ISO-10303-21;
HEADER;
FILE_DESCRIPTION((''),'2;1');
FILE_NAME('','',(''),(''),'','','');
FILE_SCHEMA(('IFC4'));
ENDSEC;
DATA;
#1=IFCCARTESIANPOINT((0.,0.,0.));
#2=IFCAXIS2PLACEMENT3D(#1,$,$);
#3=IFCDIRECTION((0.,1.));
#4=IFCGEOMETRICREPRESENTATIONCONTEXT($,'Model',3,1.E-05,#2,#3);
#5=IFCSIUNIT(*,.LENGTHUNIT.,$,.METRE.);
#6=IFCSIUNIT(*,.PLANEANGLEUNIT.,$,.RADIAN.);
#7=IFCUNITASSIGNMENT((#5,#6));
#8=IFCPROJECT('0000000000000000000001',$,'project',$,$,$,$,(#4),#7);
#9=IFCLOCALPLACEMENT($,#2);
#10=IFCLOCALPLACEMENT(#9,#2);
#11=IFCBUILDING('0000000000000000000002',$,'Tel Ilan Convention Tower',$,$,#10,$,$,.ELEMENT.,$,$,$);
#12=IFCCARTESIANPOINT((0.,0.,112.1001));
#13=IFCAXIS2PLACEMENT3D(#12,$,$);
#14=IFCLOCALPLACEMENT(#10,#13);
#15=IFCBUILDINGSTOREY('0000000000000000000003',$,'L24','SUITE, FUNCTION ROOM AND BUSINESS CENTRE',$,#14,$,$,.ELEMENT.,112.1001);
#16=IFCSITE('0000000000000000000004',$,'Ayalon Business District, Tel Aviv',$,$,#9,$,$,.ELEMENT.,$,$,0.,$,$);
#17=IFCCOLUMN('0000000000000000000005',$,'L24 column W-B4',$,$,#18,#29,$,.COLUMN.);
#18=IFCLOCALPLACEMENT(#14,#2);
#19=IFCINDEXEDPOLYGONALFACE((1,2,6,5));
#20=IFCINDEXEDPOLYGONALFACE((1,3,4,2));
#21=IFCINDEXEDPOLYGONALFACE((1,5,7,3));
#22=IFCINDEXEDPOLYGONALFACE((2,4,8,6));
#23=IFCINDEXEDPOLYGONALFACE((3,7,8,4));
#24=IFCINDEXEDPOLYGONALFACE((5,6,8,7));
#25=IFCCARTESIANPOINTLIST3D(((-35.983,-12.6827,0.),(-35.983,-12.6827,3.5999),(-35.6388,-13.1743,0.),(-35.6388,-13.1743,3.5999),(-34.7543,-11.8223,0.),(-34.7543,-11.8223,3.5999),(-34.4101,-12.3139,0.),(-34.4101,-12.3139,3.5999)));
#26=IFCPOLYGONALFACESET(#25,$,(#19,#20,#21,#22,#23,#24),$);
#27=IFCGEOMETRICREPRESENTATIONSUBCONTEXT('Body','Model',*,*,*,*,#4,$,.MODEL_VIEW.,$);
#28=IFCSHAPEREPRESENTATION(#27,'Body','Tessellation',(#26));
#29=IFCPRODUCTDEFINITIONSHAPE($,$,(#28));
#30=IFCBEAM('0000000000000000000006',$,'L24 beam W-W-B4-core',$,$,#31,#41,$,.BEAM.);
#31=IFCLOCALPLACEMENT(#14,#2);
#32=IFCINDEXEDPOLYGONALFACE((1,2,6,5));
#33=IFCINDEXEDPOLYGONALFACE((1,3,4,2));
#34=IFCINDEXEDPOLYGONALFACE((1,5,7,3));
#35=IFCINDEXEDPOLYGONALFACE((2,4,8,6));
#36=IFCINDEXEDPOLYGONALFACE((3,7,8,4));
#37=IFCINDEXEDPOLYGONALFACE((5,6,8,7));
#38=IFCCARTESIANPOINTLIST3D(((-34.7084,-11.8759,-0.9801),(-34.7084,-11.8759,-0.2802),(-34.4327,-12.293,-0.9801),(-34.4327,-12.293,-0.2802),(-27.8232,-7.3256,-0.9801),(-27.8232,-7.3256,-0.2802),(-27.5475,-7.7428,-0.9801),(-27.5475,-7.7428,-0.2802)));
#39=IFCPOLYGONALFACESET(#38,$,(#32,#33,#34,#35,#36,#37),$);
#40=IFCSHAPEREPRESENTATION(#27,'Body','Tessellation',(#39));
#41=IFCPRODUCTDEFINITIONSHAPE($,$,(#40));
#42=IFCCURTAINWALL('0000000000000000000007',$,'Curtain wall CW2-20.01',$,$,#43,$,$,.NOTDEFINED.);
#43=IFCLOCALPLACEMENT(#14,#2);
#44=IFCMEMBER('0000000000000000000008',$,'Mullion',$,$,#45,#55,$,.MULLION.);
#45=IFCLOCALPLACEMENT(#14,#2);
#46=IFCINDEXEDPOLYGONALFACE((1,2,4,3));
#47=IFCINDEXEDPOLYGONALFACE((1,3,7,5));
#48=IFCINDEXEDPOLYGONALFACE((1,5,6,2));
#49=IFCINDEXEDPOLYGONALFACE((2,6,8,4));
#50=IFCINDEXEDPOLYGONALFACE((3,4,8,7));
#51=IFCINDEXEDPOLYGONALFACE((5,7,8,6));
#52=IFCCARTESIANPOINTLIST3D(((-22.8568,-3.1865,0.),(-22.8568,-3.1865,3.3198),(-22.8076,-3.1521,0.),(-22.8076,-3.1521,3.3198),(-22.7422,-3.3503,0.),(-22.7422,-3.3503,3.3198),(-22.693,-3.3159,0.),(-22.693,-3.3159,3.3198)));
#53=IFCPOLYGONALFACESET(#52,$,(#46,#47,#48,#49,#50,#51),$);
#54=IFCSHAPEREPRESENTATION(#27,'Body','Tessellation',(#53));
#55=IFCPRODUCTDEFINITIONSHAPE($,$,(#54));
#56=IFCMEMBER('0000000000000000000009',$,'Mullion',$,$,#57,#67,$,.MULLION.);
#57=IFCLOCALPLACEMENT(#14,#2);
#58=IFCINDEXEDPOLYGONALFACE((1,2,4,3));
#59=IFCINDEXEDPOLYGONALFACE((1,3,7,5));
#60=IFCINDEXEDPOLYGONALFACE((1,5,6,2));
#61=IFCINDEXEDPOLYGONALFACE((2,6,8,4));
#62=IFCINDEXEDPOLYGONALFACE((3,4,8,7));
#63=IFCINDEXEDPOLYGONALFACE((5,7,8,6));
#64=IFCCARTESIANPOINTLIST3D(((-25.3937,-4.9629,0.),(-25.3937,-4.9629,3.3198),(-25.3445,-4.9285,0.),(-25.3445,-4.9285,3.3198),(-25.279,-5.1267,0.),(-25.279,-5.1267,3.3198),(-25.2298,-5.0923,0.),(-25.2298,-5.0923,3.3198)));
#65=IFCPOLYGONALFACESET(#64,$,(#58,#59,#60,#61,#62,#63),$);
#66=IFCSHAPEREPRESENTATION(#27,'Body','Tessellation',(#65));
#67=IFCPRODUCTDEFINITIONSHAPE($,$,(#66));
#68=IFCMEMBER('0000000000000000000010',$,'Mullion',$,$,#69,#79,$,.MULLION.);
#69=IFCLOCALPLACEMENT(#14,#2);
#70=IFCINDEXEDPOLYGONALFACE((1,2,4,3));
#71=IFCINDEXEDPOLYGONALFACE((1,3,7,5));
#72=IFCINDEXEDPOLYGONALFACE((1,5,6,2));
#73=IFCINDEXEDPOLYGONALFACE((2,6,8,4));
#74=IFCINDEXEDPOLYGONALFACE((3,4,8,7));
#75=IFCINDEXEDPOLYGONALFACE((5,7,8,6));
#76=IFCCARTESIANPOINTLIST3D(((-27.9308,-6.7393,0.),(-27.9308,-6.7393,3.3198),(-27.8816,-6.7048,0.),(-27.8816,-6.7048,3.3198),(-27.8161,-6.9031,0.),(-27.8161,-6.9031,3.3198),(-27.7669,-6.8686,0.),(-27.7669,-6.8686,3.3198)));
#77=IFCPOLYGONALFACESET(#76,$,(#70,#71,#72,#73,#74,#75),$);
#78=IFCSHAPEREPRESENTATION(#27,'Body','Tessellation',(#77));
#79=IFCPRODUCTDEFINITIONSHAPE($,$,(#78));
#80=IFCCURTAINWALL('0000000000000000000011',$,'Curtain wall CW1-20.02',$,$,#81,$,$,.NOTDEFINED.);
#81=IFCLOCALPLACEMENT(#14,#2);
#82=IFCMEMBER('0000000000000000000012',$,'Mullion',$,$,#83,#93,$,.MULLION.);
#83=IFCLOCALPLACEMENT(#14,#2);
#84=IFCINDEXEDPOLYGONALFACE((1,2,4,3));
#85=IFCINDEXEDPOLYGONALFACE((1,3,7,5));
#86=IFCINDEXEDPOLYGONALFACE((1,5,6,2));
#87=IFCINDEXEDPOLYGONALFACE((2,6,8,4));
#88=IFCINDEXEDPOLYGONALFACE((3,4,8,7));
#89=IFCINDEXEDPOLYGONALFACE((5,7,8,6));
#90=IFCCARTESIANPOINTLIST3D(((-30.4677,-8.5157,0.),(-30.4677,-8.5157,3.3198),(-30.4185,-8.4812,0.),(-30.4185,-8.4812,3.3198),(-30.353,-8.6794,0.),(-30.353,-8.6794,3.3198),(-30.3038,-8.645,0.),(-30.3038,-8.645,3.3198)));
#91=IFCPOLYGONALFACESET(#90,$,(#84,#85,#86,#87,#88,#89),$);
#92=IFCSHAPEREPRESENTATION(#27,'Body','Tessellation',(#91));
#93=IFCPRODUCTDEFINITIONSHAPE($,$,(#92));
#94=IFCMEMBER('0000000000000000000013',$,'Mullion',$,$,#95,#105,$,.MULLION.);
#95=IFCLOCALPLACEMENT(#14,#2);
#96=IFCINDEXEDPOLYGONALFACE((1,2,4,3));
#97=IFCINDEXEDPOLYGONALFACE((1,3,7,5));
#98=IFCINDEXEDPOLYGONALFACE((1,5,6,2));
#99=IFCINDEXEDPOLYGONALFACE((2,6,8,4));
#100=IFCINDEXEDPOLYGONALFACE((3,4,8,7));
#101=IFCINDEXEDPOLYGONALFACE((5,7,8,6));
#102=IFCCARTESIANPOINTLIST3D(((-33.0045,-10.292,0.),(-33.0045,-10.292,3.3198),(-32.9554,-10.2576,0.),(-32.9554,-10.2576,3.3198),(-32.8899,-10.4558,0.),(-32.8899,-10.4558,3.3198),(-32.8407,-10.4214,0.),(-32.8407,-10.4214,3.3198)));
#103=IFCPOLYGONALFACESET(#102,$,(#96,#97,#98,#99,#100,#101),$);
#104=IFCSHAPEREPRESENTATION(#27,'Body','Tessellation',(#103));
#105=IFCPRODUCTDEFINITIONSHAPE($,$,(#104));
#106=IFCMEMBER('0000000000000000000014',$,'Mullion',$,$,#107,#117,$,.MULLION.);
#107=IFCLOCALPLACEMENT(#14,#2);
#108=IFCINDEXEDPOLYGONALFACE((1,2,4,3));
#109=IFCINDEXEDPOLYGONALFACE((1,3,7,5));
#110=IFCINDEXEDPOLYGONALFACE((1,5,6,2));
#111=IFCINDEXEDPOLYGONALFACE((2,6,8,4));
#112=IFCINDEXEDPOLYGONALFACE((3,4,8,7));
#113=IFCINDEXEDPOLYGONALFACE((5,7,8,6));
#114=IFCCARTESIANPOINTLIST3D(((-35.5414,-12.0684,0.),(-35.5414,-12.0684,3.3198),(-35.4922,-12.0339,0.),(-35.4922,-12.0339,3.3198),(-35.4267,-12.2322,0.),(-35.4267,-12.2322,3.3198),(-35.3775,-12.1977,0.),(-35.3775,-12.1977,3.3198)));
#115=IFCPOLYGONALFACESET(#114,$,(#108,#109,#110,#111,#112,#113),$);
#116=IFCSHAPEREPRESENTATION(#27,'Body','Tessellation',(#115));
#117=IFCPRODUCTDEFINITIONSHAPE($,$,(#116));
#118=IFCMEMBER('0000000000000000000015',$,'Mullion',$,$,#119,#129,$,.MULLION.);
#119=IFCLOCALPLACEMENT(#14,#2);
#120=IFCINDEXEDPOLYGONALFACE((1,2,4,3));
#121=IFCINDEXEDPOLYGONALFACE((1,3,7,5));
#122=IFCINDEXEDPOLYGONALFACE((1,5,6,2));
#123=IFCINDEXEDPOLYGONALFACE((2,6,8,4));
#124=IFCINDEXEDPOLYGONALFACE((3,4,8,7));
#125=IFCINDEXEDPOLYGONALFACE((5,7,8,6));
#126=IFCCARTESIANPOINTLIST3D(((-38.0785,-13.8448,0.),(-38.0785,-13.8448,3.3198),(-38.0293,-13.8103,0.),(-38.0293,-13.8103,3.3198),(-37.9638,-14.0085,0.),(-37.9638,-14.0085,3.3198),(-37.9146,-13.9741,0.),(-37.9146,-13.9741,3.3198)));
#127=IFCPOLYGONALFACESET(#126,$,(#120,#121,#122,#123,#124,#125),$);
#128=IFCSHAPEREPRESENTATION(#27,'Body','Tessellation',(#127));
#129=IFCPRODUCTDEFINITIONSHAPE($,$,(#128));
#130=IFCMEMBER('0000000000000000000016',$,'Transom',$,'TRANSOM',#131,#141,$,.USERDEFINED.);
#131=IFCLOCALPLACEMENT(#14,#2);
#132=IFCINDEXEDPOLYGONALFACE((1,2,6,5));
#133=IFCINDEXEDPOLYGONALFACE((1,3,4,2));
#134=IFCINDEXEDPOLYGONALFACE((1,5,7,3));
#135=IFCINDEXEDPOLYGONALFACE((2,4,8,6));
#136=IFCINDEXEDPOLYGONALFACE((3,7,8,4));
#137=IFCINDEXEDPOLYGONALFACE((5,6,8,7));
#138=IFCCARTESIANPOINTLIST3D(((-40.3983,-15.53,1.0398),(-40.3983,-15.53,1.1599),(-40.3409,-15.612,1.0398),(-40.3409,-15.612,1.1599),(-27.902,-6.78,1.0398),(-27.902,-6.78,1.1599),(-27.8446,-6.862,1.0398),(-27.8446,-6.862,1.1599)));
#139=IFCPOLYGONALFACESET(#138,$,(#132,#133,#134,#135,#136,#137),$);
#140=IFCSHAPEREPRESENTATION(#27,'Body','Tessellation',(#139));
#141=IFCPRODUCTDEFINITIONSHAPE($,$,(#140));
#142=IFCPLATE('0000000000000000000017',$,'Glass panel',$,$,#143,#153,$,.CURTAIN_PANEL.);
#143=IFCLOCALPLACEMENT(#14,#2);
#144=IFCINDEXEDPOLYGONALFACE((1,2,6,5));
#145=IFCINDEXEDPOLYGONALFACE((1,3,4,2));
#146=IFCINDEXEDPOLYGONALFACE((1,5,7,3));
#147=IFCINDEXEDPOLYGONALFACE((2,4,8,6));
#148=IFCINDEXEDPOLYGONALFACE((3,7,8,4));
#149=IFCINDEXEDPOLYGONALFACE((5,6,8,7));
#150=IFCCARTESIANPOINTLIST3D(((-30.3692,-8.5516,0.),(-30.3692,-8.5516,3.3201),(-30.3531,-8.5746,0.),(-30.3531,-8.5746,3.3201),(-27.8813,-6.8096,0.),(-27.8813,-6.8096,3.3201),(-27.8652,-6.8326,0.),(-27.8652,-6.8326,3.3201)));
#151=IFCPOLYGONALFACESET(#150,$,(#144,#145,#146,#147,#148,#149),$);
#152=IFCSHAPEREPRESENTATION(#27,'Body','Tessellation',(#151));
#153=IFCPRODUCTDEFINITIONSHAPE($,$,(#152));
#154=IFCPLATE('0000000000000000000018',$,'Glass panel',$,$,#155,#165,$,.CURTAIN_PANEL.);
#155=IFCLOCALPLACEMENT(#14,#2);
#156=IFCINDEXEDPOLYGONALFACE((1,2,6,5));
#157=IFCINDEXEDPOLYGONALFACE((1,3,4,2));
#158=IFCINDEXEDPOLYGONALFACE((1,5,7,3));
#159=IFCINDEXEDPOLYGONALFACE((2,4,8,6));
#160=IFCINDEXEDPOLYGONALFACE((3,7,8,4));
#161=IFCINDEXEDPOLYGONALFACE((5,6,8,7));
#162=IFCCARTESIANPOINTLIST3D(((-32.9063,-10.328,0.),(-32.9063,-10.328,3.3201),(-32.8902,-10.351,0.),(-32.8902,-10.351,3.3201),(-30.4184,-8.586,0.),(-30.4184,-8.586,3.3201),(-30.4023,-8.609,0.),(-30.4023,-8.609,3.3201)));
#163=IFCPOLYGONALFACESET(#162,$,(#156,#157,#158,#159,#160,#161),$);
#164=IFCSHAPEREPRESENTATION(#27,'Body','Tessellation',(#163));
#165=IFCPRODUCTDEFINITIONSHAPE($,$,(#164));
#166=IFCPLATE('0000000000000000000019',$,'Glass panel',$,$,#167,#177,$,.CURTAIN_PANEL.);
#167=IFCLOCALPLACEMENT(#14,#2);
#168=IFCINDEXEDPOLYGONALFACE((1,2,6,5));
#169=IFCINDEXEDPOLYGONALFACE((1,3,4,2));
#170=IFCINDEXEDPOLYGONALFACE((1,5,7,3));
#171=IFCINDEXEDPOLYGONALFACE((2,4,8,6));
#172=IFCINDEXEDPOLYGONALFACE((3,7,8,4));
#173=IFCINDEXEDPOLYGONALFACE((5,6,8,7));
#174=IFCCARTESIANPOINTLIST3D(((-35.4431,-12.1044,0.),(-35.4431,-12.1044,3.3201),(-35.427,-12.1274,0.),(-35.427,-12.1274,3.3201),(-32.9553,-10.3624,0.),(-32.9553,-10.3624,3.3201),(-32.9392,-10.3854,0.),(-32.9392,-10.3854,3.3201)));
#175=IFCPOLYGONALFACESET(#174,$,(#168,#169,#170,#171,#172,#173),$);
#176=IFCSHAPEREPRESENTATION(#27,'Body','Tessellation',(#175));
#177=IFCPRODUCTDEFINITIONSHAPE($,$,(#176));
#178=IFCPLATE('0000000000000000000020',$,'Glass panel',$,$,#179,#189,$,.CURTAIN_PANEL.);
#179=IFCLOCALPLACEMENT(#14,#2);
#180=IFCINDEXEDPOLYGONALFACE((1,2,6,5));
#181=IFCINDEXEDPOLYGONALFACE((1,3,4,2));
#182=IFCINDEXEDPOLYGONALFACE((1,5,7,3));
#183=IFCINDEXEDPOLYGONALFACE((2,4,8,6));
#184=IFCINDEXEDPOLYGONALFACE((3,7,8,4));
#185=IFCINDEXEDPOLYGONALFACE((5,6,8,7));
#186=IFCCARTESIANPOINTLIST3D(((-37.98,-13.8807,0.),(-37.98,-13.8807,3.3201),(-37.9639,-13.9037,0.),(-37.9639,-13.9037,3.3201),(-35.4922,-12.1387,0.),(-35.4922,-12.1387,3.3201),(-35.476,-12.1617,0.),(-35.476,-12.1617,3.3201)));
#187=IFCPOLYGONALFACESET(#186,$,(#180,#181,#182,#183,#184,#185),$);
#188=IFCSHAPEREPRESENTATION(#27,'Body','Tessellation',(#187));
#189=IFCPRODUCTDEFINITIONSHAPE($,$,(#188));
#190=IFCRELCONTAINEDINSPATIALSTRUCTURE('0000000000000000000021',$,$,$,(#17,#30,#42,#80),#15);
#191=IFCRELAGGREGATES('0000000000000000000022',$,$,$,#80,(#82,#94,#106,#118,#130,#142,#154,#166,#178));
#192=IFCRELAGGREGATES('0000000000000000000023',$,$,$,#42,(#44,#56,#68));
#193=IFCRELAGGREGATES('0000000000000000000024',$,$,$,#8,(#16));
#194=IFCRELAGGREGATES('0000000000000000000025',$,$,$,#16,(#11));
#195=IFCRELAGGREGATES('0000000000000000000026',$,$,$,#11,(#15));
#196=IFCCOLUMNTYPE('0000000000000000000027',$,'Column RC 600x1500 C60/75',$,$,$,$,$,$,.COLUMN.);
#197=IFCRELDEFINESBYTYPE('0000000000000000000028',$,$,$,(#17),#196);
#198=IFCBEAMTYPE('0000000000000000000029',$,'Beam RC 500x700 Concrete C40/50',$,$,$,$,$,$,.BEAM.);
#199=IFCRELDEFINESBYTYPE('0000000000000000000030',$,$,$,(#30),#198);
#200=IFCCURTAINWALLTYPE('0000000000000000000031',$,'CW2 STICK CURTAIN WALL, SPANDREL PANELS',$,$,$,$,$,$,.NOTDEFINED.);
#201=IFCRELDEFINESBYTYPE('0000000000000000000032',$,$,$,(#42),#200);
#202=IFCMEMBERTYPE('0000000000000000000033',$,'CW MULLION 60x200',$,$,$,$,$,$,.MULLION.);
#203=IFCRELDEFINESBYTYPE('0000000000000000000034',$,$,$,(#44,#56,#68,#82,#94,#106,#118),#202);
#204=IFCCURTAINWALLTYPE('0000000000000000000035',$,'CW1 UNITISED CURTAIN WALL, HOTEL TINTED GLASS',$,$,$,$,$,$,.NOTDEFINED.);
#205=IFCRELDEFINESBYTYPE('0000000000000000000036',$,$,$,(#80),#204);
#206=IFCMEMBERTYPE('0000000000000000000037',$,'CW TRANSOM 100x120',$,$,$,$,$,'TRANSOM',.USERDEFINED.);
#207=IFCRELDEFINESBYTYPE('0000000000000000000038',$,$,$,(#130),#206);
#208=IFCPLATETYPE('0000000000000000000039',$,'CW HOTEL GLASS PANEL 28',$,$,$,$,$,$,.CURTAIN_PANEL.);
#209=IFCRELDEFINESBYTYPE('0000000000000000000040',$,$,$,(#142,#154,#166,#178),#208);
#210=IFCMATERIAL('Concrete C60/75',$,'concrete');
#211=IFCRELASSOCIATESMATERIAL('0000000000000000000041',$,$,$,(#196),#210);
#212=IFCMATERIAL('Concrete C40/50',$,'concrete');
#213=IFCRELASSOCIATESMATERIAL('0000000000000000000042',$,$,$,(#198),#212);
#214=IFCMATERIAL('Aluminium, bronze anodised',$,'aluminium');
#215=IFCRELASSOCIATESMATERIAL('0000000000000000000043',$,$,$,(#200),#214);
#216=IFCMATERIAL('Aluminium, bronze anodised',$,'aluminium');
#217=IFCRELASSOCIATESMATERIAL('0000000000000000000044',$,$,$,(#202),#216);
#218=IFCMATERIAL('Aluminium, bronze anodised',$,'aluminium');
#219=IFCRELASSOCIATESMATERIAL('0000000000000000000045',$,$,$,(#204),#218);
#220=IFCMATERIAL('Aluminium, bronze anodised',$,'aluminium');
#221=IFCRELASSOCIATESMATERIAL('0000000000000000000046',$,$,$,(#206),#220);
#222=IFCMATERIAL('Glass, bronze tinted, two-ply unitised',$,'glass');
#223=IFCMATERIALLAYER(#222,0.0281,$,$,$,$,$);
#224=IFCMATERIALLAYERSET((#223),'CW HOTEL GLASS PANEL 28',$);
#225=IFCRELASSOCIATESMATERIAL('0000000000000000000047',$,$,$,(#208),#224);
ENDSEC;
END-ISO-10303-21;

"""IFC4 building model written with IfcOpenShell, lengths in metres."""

from ifc_helpers import new_model, si_unit, direction, frame, origin, origin_2d, place, context, subcontext, project, spatial, rectangle, extrude, material, layer, layer_set, material_profile, profile_set, type_object, element, aggregate, save


model = new_model("IFC4")

# Units and contexts
model_context = context("Model", 3, precision=1e-05, world=origin(), true_north=direction((0.0, 1.0)))
body_context = subcontext(model_context, "Body", "Model", "MODEL_VIEW")
ifc_project = project(units=[si_unit("LENGTHUNIT", "METRE"), si_unit("PLANEANGLEUNIT", "RADIAN")], contexts=[model_context])

# Site, building, storey
site_placement = place(None, origin())
site = spatial("IfcSite", under=ifc_project, at=site_placement, Name="Ayalon Business District, Tel Aviv", CompositionType="ELEMENT", RefElevation=0.0)
building_placement = place(site_placement, origin())
building = spatial("IfcBuilding", under=site, at=building_placement, Name="Tel Ilan Convention Tower", CompositionType="ELEMENT")
storey_placement = place(building_placement, frame((0.0, 0.0, 112.1001)))
storey = spatial("IfcBuildingStorey", under=building, at=storey_placement, Name="L24", Description="SUITE, FUNCTION ROOM AND BUSINESS CENTRE", CompositionType="ELEMENT", Elevation=112.1001)

# Column
ifc_material_1 = material(Name="Concrete C60/75", Category="concrete")
ifc_material_profile_1 = material_profile(ifc_material_1, rectangle(XDim=1.5, YDim=0.6001, at=origin_2d()), Name="RC 600x1500")
ifc_profile_set_1 = profile_set([ifc_material_profile_1], Name="Concrete C60/75")
column_type = type_object("IfcColumnType", Name="Column RC 600x1500 C60/75", PredefinedType="COLUMN", material=ifc_profile_set_1)
column_placement = place(storey_placement, frame((-35.1965, -12.4983, 0.0), z_axis=(0.0, 0.0, 1.0), x_axis=(-0.819152, -0.573576, 0.0)))
element("IfcColumn", 1, at=column_placement, inside=storey, type_object=column_type, Name="L24 column W-B4", PredefinedType="COLUMN", context=body_context, shape_type="SweptSolid", body=[
    extrude(rectangle(XDim=1.5, YDim=0.6001, at=origin_2d()), origin(), (0.0, 0.0, 1.0), 3.5999),
])

# Beam
ifc_material_2 = material(Name="Concrete C40/50", Category="concrete")
ifc_material_profile_2 = material_profile(ifc_material_2, rectangle(XDim=0.5, YDim=0.7, at=origin_2d()), Name="RC 500x700")
ifc_profile_set_2 = profile_set([ifc_material_profile_2], Name="Concrete C40/50")
beam_type = type_object("IfcBeamType", Name="Beam RC 500x700 Concrete C40/50", PredefinedType="BEAM", material=ifc_profile_set_2)
beam_placement = place(storey_placement, frame((-34.5706, -12.0845, -0.6301), z_axis=(0.834274, 0.551351, 0.0), x_axis=(-0.551351, 0.834274, 0.0)))
element("IfcBeam", 2, at=beam_placement, inside=storey, type_object=beam_type, Name="L24 beam W-W-B4-core", PredefinedType="BEAM", context=body_context, shape_type="SweptSolid", body=[
    extrude(rectangle(XDim=0.5, YDim=0.7, at=origin_2d()), origin(), (0.0, 0.0, 1.0), 8.2529),
])

# Curtain wall, members
ifc_material_3 = material(Name="Aluminium, bronze anodised", Category="aluminium")
curtain_wall_type_1 = type_object("IfcCurtainWallType", Name="CW2 STICK CURTAIN WALL, SPANDREL PANELS", PredefinedType="NOTDEFINED", material=ifc_material_3)
curtain_wall_1_placement = place(storey_placement, origin())
curtain_wall_1 = element("IfcCurtainWall", 3, at=curtain_wall_1_placement, inside=storey, type_object=curtain_wall_type_1, Name="Curtain wall CW2-20.01", PredefinedType="NOTDEFINED")
ifc_material_4 = material(Name="Aluminium, bronze anodised", Category="aluminium")
ifc_material_profile_3 = material_profile(ifc_material_4, rectangle(XDim=0.0601, YDim=0.2, at=origin_2d()), Name="CW MULLION 60x200")
ifc_profile_set_3 = profile_set([ifc_material_profile_3], Name="Aluminium, bronze anodised")
member_type_1 = type_object("IfcMemberType", Name="CW MULLION 60x200", PredefinedType="MULLION", material=ifc_profile_set_3)
member_1_placement = place(storey_placement, frame((-22.7749, -3.2512, 0.0), z_axis=(0.0, 0.0, 1.0), x_axis=(-0.819152, -0.573576, 0.0)))
member_1 = element("IfcMember", 4, at=member_1_placement, type_object=member_type_1, Name="Mullion", PredefinedType="MULLION", context=body_context, shape_type="SweptSolid", body=[
    extrude(rectangle(XDim=0.0601, YDim=0.2, at=origin_2d()), origin(), (0.0, 0.0, 1.0), 3.3198),
])
member_2_placement = place(storey_placement, frame((-25.3118, -5.0276, 0.0), z_axis=(0.0, 0.0, 1.0), x_axis=(-0.819152, -0.573576, 0.0)))
member_2 = element("IfcMember", 5, at=member_2_placement, type_object=member_type_1, Name="Mullion", PredefinedType="MULLION", context=body_context, shape_type="SweptSolid", body=[
    extrude(rectangle(XDim=0.0601, YDim=0.2, at=origin_2d()), origin(), (0.0, 0.0, 1.0), 3.3198),
])
member_3_placement = place(storey_placement, frame((-27.8489, -6.804, 0.0), z_axis=(0.0, 0.0, 1.0), x_axis=(-0.819152, -0.573576, 0.0)))
member_3 = element("IfcMember", 6, at=member_3_placement, type_object=member_type_1, Name="Mullion", PredefinedType="MULLION", context=body_context, shape_type="SweptSolid", body=[
    extrude(rectangle(XDim=0.0601, YDim=0.2, at=origin_2d()), origin(), (0.0, 0.0, 1.0), 3.3198),
])

# Curtain wall, members, plates
ifc_material_5 = material(Name="Aluminium, bronze anodised", Category="aluminium")
curtain_wall_type_2 = type_object("IfcCurtainWallType", Name="CW1 UNITISED CURTAIN WALL, HOTEL TINTED GLASS", PredefinedType="NOTDEFINED", material=ifc_material_5)
curtain_wall_2_placement = place(storey_placement, origin())
curtain_wall_2 = element("IfcCurtainWall", 7, at=curtain_wall_2_placement, inside=storey, type_object=curtain_wall_type_2, Name="Curtain wall CW1-20.02", PredefinedType="NOTDEFINED")
member_4_placement = place(storey_placement, frame((-30.3857, -8.5803, 0.0), z_axis=(0.0, 0.0, 1.0), x_axis=(-0.819152, -0.573576, 0.0)))
member_4 = element("IfcMember", 8, at=member_4_placement, type_object=member_type_1, Name="Mullion", PredefinedType="MULLION", context=body_context, shape_type="SweptSolid", body=[
    extrude(rectangle(XDim=0.0601, YDim=0.2, at=origin_2d()), origin(), (0.0, 0.0, 1.0), 3.3198),
])
member_5_placement = place(storey_placement, frame((-32.9226, -10.3567, 0.0), z_axis=(0.0, 0.0, 1.0), x_axis=(-0.819152, -0.573576, 0.0)))
member_5 = element("IfcMember", 9, at=member_5_placement, type_object=member_type_1, Name="Mullion", PredefinedType="MULLION", context=body_context, shape_type="SweptSolid", body=[
    extrude(rectangle(XDim=0.0601, YDim=0.2, at=origin_2d()), origin(), (0.0, 0.0, 1.0), 3.3198),
])
member_6_placement = place(storey_placement, frame((-35.4595, -12.1331, 0.0), z_axis=(0.0, 0.0, 1.0), x_axis=(-0.819152, -0.573576, 0.0)))
member_6 = element("IfcMember", 10, at=member_6_placement, type_object=member_type_1, Name="Mullion", PredefinedType="MULLION", context=body_context, shape_type="SweptSolid", body=[
    extrude(rectangle(XDim=0.0601, YDim=0.2, at=origin_2d()), origin(), (0.0, 0.0, 1.0), 3.3198),
])
member_7_placement = place(storey_placement, frame((-37.9966, -13.9094, 0.0), z_axis=(0.0, 0.0, 1.0), x_axis=(-0.819152, -0.573576, 0.0)))
member_7 = element("IfcMember", 11, at=member_7_placement, type_object=member_type_1, Name="Mullion", PredefinedType="MULLION", context=body_context, shape_type="SweptSolid", body=[
    extrude(rectangle(XDim=0.0601, YDim=0.2, at=origin_2d()), origin(), (0.0, 0.0, 1.0), 3.3198),
])
ifc_material_6 = material(Name="Aluminium, bronze anodised", Category="aluminium")
ifc_material_profile_4 = material_profile(ifc_material_6, rectangle(XDim=0.1001, YDim=0.1201, at=origin_2d()), Name="CW TRANSOM 100x120")
ifc_profile_set_4 = profile_set([ifc_material_profile_4], Name="Aluminium, bronze anodised")
member_type_2 = type_object("IfcMemberType", Name="CW TRANSOM 100x120", ElementType="TRANSOM", PredefinedType="USERDEFINED", material=ifc_profile_set_4)
member_8_placement = place(storey_placement, frame((-27.8733, -6.821, 1.0999), z_axis=(-0.819153, -0.573575, 0.0), x_axis=(0.573575, -0.819153, 0.0)))
member_8 = element("IfcMember", 12, at=member_8_placement, type_object=member_type_2, Name="Transom", ObjectType="TRANSOM", PredefinedType="USERDEFINED", context=body_context, shape_type="SweptSolid", body=[
    extrude(rectangle(XDim=0.1001, YDim=0.1201, at=origin_2d()), origin(), (0.0, 0.0, 1.0), 15.2551),
])
ifc_material_7 = material(Name="Glass, bronze tinted, two-ply unitised", Category="glass")
ifc_layer_1 = layer(ifc_material_7, 0.0281)
ifc_layer_set_1 = layer_set([ifc_layer_1], Name="CW HOTEL GLASS PANEL 28")
plate_type_1 = type_object("IfcPlateType", Name="CW HOTEL GLASS PANEL 28", PredefinedType="CURTAIN_PANEL", material=ifc_layer_set_1)
plate_1_placement = place(storey_placement, frame((-29.1172, -7.6921, 0.0), z_axis=(0.0, 0.0, 1.0), x_axis=(-0.819152, -0.573576, 0.0)))
plate_1 = element("IfcPlate", 13, at=plate_1_placement, type_object=plate_type_1, Name="Glass panel", PredefinedType="CURTAIN_PANEL", context=body_context, shape_type="SweptSolid", body=[
    extrude(rectangle(XDim=3.0371, YDim=0.0281, at=origin_2d()), origin(), (0.0, 0.0, 1.0), 3.3201),
])
plate_2_placement = place(storey_placement, frame((-31.6543, -9.4685, 0.0), z_axis=(0.0, 0.0, 1.0), x_axis=(-0.819152, -0.573576, 0.0)))
plate_2 = element("IfcPlate", 14, at=plate_2_placement, type_object=plate_type_1, Name="Glass panel", PredefinedType="CURTAIN_PANEL", context=body_context, shape_type="SweptSolid", body=[
    extrude(rectangle(XDim=3.0371, YDim=0.0281, at=origin_2d()), origin(), (0.0, 0.0, 1.0), 3.3201),
])
plate_3_placement = place(storey_placement, frame((-34.1912, -11.2449, 0.0), z_axis=(0.0, 0.0, 1.0), x_axis=(-0.819152, -0.573576, 0.0)))
plate_3 = element("IfcPlate", 15, at=plate_3_placement, type_object=plate_type_1, Name="Glass panel", PredefinedType="CURTAIN_PANEL", context=body_context, shape_type="SweptSolid", body=[
    extrude(rectangle(XDim=3.0371, YDim=0.0281, at=origin_2d()), origin(), (0.0, 0.0, 1.0), 3.3201),
])
plate_4_placement = place(storey_placement, frame((-36.728, -13.0212, 0.0), z_axis=(0.0, 0.0, 1.0), x_axis=(-0.819152, -0.573576, 0.0)))
plate_4 = element("IfcPlate", 16, at=plate_4_placement, type_object=plate_type_1, Name="Glass panel", PredefinedType="CURTAIN_PANEL", context=body_context, shape_type="SweptSolid", body=[
    extrude(rectangle(XDim=3.0371, YDim=0.0281, at=origin_2d()), origin(), (0.0, 0.0, 1.0), 3.3201),
])
aggregate(curtain_wall_2, [member_4, member_5, member_6, member_7, member_8, plate_1, plate_2, plate_3, plate_4])

aggregate(curtain_wall_1, [member_1, member_2, member_3])

save(model, "model.ifc")
